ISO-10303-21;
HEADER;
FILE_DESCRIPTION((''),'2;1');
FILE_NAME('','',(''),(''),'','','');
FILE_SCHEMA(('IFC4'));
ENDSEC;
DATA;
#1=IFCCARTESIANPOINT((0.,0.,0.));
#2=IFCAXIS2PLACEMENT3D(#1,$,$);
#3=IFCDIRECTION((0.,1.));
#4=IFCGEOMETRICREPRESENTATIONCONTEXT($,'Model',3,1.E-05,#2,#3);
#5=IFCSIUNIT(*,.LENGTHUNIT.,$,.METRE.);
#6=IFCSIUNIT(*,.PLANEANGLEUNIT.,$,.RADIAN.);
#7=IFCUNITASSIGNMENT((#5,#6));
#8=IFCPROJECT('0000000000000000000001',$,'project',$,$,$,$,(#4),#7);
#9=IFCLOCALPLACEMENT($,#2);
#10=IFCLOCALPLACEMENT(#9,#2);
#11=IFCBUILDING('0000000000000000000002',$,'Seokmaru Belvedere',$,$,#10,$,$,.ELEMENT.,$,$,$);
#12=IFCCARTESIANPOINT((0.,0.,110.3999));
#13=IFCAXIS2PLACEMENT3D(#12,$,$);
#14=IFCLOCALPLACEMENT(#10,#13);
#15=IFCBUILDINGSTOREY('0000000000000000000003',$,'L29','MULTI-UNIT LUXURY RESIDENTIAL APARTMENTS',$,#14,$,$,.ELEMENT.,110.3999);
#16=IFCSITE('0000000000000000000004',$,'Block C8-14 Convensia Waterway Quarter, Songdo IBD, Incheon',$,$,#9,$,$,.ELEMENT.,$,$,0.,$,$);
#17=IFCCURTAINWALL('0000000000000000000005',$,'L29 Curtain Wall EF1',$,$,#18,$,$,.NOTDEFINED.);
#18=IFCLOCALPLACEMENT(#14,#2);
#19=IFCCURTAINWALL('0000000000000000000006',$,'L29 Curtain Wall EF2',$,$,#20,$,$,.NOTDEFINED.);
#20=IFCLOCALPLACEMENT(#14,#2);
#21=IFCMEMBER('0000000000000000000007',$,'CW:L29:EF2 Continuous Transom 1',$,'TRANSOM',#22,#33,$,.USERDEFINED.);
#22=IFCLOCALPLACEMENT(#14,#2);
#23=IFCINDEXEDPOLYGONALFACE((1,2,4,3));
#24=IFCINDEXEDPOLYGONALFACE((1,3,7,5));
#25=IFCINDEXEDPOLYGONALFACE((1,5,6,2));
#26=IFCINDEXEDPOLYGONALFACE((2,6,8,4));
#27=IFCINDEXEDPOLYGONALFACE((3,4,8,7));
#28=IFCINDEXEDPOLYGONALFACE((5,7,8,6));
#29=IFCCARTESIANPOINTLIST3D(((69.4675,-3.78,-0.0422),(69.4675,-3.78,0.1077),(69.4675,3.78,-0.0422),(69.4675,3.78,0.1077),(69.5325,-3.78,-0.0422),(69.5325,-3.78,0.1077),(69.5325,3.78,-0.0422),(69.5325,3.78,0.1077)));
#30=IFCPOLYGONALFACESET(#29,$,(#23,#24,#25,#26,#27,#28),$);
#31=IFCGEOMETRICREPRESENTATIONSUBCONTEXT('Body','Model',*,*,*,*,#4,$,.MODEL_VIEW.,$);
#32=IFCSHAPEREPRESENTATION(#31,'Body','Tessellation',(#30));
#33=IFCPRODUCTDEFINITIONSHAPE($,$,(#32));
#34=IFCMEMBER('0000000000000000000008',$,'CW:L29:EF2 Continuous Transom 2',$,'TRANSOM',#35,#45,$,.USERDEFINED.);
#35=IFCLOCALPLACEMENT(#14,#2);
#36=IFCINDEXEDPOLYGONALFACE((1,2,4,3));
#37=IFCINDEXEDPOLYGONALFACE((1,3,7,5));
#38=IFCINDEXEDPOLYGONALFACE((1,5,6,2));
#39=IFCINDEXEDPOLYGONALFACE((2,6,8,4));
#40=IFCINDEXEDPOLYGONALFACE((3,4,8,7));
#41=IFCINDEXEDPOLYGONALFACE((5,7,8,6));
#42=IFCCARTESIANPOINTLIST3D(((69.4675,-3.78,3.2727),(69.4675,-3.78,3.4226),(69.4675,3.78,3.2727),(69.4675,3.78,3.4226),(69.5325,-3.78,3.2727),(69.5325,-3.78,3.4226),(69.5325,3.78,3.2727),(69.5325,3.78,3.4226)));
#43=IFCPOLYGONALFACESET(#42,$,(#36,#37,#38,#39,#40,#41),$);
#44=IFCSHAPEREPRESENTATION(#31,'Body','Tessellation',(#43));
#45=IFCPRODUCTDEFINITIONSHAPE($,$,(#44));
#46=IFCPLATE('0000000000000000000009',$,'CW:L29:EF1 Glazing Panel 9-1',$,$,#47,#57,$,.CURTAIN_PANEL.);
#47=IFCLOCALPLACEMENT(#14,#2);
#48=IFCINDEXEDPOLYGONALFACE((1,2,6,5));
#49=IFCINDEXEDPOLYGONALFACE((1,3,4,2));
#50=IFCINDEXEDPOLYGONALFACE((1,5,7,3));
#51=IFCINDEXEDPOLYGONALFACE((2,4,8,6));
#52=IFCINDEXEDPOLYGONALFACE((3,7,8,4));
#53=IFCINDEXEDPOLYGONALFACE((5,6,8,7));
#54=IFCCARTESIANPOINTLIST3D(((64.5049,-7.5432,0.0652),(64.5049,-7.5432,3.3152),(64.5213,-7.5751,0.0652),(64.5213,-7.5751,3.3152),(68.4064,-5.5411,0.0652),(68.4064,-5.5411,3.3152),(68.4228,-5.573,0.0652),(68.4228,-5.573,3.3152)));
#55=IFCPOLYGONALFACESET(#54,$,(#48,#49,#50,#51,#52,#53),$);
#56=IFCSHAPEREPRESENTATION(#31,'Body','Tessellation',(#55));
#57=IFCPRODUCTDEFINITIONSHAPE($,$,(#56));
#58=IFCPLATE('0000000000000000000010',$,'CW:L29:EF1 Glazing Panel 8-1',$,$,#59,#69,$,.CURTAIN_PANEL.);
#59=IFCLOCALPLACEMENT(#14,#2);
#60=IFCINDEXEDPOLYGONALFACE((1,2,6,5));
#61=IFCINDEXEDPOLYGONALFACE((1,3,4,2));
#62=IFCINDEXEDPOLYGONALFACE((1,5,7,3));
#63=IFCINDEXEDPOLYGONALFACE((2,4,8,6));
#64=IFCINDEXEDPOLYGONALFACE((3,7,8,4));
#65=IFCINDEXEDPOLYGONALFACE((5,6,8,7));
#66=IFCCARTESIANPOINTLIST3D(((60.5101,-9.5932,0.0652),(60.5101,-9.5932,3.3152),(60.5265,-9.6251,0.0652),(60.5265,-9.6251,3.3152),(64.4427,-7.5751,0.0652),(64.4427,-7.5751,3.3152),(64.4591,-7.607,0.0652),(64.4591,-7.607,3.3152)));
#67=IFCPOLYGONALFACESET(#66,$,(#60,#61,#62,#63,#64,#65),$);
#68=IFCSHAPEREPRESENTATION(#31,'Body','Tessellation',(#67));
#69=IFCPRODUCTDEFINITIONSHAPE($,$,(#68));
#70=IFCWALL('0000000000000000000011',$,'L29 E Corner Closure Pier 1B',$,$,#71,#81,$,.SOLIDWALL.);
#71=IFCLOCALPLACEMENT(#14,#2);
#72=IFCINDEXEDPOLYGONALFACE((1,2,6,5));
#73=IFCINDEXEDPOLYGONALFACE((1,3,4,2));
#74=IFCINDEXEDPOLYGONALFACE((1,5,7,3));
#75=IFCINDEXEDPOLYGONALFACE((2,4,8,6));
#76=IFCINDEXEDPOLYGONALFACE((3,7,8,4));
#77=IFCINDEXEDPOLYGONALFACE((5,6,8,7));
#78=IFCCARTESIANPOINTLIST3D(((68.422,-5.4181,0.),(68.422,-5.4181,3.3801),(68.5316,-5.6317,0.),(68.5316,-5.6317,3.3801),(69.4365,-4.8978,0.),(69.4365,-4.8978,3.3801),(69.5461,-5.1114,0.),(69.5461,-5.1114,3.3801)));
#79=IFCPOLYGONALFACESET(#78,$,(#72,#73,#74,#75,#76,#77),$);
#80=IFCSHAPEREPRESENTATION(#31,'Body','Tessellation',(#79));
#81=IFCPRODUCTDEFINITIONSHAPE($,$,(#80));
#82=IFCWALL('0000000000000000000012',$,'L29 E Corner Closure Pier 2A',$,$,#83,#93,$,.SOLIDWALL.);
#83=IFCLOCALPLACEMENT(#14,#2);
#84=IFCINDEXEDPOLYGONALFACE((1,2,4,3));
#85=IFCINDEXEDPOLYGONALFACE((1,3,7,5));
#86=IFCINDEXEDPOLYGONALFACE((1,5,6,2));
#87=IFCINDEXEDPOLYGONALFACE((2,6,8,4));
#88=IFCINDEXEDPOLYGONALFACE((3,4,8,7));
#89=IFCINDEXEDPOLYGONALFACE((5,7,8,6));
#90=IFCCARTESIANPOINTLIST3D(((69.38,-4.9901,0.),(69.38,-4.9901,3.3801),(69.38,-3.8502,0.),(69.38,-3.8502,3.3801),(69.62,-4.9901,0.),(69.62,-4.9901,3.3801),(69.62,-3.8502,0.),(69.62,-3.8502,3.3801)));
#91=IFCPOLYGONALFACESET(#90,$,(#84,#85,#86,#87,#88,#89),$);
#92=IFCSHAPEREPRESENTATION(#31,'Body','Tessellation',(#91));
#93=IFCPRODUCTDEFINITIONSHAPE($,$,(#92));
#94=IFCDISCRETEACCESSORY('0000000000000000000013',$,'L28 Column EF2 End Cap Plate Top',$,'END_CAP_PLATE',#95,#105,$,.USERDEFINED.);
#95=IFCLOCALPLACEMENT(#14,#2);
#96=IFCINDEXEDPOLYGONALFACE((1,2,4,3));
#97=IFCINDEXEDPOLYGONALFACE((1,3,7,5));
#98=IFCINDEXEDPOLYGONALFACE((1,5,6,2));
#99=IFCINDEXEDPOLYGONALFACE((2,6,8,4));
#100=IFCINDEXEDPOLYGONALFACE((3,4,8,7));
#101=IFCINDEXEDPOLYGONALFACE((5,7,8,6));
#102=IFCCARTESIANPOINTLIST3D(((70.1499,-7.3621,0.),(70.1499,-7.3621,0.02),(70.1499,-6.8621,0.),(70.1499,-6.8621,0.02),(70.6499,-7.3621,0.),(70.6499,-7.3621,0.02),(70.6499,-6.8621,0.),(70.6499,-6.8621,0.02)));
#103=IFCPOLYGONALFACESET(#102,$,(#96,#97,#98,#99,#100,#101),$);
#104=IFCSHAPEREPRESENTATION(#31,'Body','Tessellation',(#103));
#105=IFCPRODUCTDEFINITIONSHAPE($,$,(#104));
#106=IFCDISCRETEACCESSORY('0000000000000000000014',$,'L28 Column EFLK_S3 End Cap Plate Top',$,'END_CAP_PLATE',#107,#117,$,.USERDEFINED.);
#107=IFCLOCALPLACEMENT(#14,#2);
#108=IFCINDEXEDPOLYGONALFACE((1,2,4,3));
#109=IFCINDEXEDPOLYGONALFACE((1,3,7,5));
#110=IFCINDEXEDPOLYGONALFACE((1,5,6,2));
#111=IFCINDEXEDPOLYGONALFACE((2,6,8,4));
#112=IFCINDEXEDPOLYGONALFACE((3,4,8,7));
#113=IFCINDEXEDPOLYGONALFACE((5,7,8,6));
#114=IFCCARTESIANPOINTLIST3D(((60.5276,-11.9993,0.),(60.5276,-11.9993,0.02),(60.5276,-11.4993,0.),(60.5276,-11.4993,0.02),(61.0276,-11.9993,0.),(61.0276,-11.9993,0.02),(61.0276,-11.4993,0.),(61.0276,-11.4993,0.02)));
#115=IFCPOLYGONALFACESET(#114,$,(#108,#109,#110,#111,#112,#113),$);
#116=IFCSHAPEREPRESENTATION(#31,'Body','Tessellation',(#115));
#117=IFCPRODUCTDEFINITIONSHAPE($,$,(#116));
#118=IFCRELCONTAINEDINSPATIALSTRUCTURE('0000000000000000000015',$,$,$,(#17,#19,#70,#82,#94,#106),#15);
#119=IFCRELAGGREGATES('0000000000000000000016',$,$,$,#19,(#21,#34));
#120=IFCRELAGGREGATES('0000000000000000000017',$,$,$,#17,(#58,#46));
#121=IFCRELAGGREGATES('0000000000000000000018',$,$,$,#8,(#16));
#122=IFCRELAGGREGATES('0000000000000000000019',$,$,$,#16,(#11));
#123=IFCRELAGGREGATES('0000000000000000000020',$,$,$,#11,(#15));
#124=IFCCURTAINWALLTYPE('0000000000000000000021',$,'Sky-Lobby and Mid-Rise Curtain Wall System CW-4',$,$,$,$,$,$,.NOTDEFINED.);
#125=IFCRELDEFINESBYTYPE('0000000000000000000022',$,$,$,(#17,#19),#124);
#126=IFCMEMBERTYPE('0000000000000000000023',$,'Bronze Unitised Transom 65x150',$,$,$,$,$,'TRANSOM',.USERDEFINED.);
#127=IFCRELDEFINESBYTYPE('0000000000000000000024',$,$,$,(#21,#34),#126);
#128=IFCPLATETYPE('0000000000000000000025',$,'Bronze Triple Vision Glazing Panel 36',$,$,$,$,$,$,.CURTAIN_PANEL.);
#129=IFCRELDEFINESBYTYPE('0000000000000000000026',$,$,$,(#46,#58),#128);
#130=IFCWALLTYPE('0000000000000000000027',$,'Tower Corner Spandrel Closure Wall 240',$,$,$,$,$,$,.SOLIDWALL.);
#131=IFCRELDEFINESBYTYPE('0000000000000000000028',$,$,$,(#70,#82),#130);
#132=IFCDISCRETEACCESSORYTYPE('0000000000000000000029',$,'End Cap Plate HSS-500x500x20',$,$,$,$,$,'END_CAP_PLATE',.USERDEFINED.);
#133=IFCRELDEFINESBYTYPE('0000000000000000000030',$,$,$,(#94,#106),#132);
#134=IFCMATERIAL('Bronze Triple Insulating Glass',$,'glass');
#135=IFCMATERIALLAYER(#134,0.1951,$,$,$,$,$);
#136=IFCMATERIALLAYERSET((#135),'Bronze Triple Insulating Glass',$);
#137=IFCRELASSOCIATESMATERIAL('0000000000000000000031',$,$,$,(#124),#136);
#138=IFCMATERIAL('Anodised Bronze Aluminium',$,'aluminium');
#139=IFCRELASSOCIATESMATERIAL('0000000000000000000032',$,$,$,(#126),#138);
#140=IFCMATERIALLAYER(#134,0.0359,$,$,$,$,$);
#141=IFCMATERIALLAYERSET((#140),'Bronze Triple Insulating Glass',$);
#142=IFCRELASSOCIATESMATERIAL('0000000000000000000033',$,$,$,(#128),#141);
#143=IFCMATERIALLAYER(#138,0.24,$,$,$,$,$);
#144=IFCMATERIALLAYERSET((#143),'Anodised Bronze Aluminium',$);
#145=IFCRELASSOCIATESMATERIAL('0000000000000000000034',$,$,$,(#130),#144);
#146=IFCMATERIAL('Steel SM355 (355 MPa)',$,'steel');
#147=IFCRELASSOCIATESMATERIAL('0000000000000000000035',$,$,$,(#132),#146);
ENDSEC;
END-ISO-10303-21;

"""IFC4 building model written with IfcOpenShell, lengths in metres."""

from ifc_helpers import new_model, si_unit, direction, frame, frame_2d, origin, origin_2d, place, context, subcontext, project, spatial, rectangle, extrude, source, transform, mapped, material, layer, layer_set, material_profile, profile_set, type_object, type_shapes, element, aggregate, save


model = new_model("IFC4")

# Units and contexts
model_context = context("Model", 3, precision=1e-05, world=origin(), true_north=direction((0.0, 1.0)))
body_context = subcontext(model_context, "Body", "Model", "MODEL_VIEW")
ifc_project = project(units=[si_unit("LENGTHUNIT", "METRE"), si_unit("PLANEANGLEUNIT", "RADIAN")], contexts=[model_context])

# Site, building, storey
site_placement = place(None, origin())
site = spatial("IfcSite", under=ifc_project, at=site_placement, Name="Block C8-14 Convensia Waterway Quarter, Songdo IBD, Incheon", CompositionType="ELEMENT", RefElevation=0.0)
building_placement = place(site_placement, origin())
building = spatial("IfcBuilding", under=site, at=building_placement, Name="Seokmaru Belvedere", CompositionType="ELEMENT")
storey_placement = place(building_placement, frame((0.0, 0.0, 110.3999)))
storey = spatial("IfcBuildingStorey", under=building, at=storey_placement, Name="L29", Description="MULTI-UNIT LUXURY RESIDENTIAL APARTMENTS", CompositionType="ELEMENT", Elevation=110.3999)

# Shared definitions
ifc_material_1 = material(Name="Steel SM355 (355 MPa)", Category="steel")

# Curtain walls
ifc_material_2 = material(Name="Bronze Triple Insulating Glass", Category="glass")
ifc_layer_1 = layer(ifc_material_2, 0.1951)
ifc_layer_set_1 = layer_set([ifc_layer_1], Name="Bronze Triple Insulating Glass")
curtain_wall_type = type_object("IfcCurtainWallType", Name="Sky-Lobby and Mid-Rise Curtain Wall System CW-4", PredefinedType="NOTDEFINED", material=ifc_layer_set_1)
curtain_wall_1_placement = place(storey_placement, origin())
curtain_wall_1 = element("IfcCurtainWall", 1, at=curtain_wall_1_placement, inside=storey, type_object=curtain_wall_type, Name="L29 Curtain Wall EF1", PredefinedType="NOTDEFINED")
ifc_material_3 = material(Name="Anodised Bronze Aluminium", Category="aluminium")
curtain_wall_2_placement = place(storey_placement, origin())
curtain_wall_2 = element("IfcCurtainWall", 2, at=curtain_wall_2_placement, inside=storey, type_object=curtain_wall_type, Name="L29 Curtain Wall EF2", PredefinedType="NOTDEFINED")

# Members
ifc_material_profile_1 = material_profile(ifc_material_3, rectangle(XDim=0.0649, YDim=0.1499, at=origin_2d()), Name="CW-T-65x150")
ifc_profile_set_1 = profile_set([ifc_material_profile_1], Name="Anodised Bronze Aluminium")
member_type_1 = type_object("IfcMemberType", Name="Bronze Unitised Transom 65x150", ElementType="TRANSOM", PredefinedType="USERDEFINED", material=ifc_profile_set_1)
shared_shape_1 = source(origin(), body_context, "Body", "SweptSolid", [
    extrude(rectangle(XDim=0.0649, YDim=0.1499, at=origin_2d()), origin(), (0.0, 0.0, 1.0), 7.5601),
])
type_shapes(member_type_1, [shared_shape_1])
member_1_placement = place(storey_placement, frame((69.5, -3.78, 0.0327), z_axis=(0.0, 1.0, 0.0), x_axis=(-1.0, 0.0, 0.0)))
member_1 = element("IfcMember", 3, at=member_1_placement, type_object=member_type_1, Name="CW:L29:EF2 Continuous Transom 1", ObjectType="TRANSOM", PredefinedType="USERDEFINED", context=body_context, shape_type="MappedRepresentation", body=[
    mapped(shared_shape_1, transform((0.0, 0.0, 0.0), scale=1.0)),
])
member_2_placement = place(storey_placement, frame((69.5, -3.78, 3.3477), z_axis=(0.0, 1.0, 0.0), x_axis=(-1.0, 0.0, 0.0)))
member_2 = element("IfcMember", 4, at=member_2_placement, type_object=member_type_1, Name="CW:L29:EF2 Continuous Transom 2", ObjectType="TRANSOM", PredefinedType="USERDEFINED", context=body_context, shape_type="MappedRepresentation", body=[
    mapped(shared_shape_1, transform((0.0, 0.0, 0.0), scale=1.0)),
])
aggregate(curtain_wall_2, [member_1, member_2])

# Plates
ifc_layer_2 = layer(ifc_material_2, 0.0359)
ifc_layer_set_2 = layer_set([ifc_layer_2], Name="Bronze Triple Insulating Glass")
plate_type = type_object("IfcPlateType", Name="Bronze Triple Vision Glazing Panel 36", PredefinedType="CURTAIN_PANEL", material=ifc_layer_set_2)
shared_shape_2 = source(origin(), body_context, "Body", "SweptSolid", [
    extrude(rectangle(XDim=4.3853, YDim=0.0359, at=origin_2d()), origin(), (0.0, 0.0, 1.0), 3.25),
])
plate_1_placement = place(storey_placement, frame((66.4639, -6.5581, 0.0652), z_axis=(0.0, 0.0, 1.0), x_axis=(0.889695, 0.456555, 0.0)))
plate_1 = element("IfcPlate", 5, at=plate_1_placement, type_object=plate_type, Name="CW:L29:EF1 Glazing Panel 9-1", PredefinedType="CURTAIN_PANEL", context=body_context, shape_type="MappedRepresentation", body=[
    mapped(shared_shape_2, transform((0.0, 0.0, 0.0), scale=1.0)),
])
shared_shape_3 = source(origin(), body_context, "Body", "SweptSolid", [
    extrude(rectangle(XDim=4.4202, YDim=0.0359, at=origin_2d()), origin(), (0.0, 0.0, 1.0), 3.25),
])
type_shapes(plate_type, [shared_shape_2, shared_shape_3])
plate_2_placement = place(storey_placement, frame((62.4846, -8.6001, 0.0652), z_axis=(0.0, 0.0, 1.0), x_axis=(0.889695, 0.456555, 0.0)))
plate_2 = element("IfcPlate", 6, at=plate_2_placement, type_object=plate_type, Name="CW:L29:EF1 Glazing Panel 8-1", PredefinedType="CURTAIN_PANEL", context=body_context, shape_type="MappedRepresentation", body=[
    mapped(shared_shape_3, transform((0.0, 0.0, 0.0), scale=1.0)),
])
aggregate(curtain_wall_1, [plate_2, plate_1])

# Walls
ifc_layer_3 = layer(ifc_material_3, 0.24)
ifc_layer_set_3 = layer_set([ifc_layer_3], Name="Anodised Bronze Aluminium")
wall_type = type_object("IfcWallType", Name="Tower Corner Spandrel Closure Wall 240", PredefinedType="SOLIDWALL", material=ifc_layer_set_3)
wall_1_placement = place(storey_placement, frame((68.4768, -5.5249, 0.0), z_axis=(0.0, 0.0, 1.0), x_axis=(0.889797, 0.456356, 0.0)))
element("IfcWall", 7, at=wall_1_placement, inside=storey, type_object=wall_type, Name="L29 E Corner Closure Pier 1B", PredefinedType="SOLIDWALL", context=body_context, shape_type="SweptSolid", body=[
    extrude(rectangle(XDim=1.1401, YDim=0.24, at=frame_2d((0.5701, 0.0))), origin(), (0.0, 0.0, 1.0), 3.3801),
])
wall_2_placement = place(storey_placement, frame((69.5, -4.99, 0.0), z_axis=(0.0, 0.0, 1.0), x_axis=(0.0, 1.0, 0.0)))
element("IfcWall", 8, at=wall_2_placement, inside=storey, type_object=wall_type, Name="L29 E Corner Closure Pier 2A", PredefinedType="SOLIDWALL", context=body_context, shape_type="SweptSolid", body=[
    extrude(rectangle(XDim=1.1399, YDim=0.24, at=frame_2d((0.5698, 0.0))), origin(), (0.0, 0.0, 1.0), 3.3801),
])

# Discrete accessories
discrete_accessory_type = type_object("IfcDiscreteAccessoryType", Name="End Cap Plate HSS-500x500x20", ElementType="END_CAP_PLATE", PredefinedType="USERDEFINED", material=ifc_material_1)
shared_shape_4 = source(origin(), body_context, "Body", "SweptSolid", [
    extrude(rectangle(XDim=0.5, YDim=0.5, at=origin_2d()), origin(), (0.0, 0.0, 1.0), 0.02),
])
type_shapes(discrete_accessory_type, [shared_shape_4])
for number, where, z_axis, x_axis, name in (
    (9, (70.3999, -7.1121, 0.0), (0.0, 0.0, 1.0), (1.0, 0.0, 0.0), "L28 Column EF2 End Cap Plate Top"),
    (10, (60.7776, -11.7493, 0.0), (0.0, 0.0, 1.0), (1.0, 0.0, 0.0), "L28 Column EFLK_S3 End Cap Plate Top"),
):
    element("IfcDiscreteAccessory", number, at=place(storey_placement, frame(where, z_axis=z_axis, x_axis=x_axis)), inside=storey, type_object=discrete_accessory_type, Name=name, ObjectType="END_CAP_PLATE", PredefinedType="USERDEFINED", context=body_context, shape_type="MappedRepresentation", body=[
        mapped(shared_shape_4, transform((0.0, 0.0, 0.0), scale=1.0)),
    ])

save(model, "model.ifc")
